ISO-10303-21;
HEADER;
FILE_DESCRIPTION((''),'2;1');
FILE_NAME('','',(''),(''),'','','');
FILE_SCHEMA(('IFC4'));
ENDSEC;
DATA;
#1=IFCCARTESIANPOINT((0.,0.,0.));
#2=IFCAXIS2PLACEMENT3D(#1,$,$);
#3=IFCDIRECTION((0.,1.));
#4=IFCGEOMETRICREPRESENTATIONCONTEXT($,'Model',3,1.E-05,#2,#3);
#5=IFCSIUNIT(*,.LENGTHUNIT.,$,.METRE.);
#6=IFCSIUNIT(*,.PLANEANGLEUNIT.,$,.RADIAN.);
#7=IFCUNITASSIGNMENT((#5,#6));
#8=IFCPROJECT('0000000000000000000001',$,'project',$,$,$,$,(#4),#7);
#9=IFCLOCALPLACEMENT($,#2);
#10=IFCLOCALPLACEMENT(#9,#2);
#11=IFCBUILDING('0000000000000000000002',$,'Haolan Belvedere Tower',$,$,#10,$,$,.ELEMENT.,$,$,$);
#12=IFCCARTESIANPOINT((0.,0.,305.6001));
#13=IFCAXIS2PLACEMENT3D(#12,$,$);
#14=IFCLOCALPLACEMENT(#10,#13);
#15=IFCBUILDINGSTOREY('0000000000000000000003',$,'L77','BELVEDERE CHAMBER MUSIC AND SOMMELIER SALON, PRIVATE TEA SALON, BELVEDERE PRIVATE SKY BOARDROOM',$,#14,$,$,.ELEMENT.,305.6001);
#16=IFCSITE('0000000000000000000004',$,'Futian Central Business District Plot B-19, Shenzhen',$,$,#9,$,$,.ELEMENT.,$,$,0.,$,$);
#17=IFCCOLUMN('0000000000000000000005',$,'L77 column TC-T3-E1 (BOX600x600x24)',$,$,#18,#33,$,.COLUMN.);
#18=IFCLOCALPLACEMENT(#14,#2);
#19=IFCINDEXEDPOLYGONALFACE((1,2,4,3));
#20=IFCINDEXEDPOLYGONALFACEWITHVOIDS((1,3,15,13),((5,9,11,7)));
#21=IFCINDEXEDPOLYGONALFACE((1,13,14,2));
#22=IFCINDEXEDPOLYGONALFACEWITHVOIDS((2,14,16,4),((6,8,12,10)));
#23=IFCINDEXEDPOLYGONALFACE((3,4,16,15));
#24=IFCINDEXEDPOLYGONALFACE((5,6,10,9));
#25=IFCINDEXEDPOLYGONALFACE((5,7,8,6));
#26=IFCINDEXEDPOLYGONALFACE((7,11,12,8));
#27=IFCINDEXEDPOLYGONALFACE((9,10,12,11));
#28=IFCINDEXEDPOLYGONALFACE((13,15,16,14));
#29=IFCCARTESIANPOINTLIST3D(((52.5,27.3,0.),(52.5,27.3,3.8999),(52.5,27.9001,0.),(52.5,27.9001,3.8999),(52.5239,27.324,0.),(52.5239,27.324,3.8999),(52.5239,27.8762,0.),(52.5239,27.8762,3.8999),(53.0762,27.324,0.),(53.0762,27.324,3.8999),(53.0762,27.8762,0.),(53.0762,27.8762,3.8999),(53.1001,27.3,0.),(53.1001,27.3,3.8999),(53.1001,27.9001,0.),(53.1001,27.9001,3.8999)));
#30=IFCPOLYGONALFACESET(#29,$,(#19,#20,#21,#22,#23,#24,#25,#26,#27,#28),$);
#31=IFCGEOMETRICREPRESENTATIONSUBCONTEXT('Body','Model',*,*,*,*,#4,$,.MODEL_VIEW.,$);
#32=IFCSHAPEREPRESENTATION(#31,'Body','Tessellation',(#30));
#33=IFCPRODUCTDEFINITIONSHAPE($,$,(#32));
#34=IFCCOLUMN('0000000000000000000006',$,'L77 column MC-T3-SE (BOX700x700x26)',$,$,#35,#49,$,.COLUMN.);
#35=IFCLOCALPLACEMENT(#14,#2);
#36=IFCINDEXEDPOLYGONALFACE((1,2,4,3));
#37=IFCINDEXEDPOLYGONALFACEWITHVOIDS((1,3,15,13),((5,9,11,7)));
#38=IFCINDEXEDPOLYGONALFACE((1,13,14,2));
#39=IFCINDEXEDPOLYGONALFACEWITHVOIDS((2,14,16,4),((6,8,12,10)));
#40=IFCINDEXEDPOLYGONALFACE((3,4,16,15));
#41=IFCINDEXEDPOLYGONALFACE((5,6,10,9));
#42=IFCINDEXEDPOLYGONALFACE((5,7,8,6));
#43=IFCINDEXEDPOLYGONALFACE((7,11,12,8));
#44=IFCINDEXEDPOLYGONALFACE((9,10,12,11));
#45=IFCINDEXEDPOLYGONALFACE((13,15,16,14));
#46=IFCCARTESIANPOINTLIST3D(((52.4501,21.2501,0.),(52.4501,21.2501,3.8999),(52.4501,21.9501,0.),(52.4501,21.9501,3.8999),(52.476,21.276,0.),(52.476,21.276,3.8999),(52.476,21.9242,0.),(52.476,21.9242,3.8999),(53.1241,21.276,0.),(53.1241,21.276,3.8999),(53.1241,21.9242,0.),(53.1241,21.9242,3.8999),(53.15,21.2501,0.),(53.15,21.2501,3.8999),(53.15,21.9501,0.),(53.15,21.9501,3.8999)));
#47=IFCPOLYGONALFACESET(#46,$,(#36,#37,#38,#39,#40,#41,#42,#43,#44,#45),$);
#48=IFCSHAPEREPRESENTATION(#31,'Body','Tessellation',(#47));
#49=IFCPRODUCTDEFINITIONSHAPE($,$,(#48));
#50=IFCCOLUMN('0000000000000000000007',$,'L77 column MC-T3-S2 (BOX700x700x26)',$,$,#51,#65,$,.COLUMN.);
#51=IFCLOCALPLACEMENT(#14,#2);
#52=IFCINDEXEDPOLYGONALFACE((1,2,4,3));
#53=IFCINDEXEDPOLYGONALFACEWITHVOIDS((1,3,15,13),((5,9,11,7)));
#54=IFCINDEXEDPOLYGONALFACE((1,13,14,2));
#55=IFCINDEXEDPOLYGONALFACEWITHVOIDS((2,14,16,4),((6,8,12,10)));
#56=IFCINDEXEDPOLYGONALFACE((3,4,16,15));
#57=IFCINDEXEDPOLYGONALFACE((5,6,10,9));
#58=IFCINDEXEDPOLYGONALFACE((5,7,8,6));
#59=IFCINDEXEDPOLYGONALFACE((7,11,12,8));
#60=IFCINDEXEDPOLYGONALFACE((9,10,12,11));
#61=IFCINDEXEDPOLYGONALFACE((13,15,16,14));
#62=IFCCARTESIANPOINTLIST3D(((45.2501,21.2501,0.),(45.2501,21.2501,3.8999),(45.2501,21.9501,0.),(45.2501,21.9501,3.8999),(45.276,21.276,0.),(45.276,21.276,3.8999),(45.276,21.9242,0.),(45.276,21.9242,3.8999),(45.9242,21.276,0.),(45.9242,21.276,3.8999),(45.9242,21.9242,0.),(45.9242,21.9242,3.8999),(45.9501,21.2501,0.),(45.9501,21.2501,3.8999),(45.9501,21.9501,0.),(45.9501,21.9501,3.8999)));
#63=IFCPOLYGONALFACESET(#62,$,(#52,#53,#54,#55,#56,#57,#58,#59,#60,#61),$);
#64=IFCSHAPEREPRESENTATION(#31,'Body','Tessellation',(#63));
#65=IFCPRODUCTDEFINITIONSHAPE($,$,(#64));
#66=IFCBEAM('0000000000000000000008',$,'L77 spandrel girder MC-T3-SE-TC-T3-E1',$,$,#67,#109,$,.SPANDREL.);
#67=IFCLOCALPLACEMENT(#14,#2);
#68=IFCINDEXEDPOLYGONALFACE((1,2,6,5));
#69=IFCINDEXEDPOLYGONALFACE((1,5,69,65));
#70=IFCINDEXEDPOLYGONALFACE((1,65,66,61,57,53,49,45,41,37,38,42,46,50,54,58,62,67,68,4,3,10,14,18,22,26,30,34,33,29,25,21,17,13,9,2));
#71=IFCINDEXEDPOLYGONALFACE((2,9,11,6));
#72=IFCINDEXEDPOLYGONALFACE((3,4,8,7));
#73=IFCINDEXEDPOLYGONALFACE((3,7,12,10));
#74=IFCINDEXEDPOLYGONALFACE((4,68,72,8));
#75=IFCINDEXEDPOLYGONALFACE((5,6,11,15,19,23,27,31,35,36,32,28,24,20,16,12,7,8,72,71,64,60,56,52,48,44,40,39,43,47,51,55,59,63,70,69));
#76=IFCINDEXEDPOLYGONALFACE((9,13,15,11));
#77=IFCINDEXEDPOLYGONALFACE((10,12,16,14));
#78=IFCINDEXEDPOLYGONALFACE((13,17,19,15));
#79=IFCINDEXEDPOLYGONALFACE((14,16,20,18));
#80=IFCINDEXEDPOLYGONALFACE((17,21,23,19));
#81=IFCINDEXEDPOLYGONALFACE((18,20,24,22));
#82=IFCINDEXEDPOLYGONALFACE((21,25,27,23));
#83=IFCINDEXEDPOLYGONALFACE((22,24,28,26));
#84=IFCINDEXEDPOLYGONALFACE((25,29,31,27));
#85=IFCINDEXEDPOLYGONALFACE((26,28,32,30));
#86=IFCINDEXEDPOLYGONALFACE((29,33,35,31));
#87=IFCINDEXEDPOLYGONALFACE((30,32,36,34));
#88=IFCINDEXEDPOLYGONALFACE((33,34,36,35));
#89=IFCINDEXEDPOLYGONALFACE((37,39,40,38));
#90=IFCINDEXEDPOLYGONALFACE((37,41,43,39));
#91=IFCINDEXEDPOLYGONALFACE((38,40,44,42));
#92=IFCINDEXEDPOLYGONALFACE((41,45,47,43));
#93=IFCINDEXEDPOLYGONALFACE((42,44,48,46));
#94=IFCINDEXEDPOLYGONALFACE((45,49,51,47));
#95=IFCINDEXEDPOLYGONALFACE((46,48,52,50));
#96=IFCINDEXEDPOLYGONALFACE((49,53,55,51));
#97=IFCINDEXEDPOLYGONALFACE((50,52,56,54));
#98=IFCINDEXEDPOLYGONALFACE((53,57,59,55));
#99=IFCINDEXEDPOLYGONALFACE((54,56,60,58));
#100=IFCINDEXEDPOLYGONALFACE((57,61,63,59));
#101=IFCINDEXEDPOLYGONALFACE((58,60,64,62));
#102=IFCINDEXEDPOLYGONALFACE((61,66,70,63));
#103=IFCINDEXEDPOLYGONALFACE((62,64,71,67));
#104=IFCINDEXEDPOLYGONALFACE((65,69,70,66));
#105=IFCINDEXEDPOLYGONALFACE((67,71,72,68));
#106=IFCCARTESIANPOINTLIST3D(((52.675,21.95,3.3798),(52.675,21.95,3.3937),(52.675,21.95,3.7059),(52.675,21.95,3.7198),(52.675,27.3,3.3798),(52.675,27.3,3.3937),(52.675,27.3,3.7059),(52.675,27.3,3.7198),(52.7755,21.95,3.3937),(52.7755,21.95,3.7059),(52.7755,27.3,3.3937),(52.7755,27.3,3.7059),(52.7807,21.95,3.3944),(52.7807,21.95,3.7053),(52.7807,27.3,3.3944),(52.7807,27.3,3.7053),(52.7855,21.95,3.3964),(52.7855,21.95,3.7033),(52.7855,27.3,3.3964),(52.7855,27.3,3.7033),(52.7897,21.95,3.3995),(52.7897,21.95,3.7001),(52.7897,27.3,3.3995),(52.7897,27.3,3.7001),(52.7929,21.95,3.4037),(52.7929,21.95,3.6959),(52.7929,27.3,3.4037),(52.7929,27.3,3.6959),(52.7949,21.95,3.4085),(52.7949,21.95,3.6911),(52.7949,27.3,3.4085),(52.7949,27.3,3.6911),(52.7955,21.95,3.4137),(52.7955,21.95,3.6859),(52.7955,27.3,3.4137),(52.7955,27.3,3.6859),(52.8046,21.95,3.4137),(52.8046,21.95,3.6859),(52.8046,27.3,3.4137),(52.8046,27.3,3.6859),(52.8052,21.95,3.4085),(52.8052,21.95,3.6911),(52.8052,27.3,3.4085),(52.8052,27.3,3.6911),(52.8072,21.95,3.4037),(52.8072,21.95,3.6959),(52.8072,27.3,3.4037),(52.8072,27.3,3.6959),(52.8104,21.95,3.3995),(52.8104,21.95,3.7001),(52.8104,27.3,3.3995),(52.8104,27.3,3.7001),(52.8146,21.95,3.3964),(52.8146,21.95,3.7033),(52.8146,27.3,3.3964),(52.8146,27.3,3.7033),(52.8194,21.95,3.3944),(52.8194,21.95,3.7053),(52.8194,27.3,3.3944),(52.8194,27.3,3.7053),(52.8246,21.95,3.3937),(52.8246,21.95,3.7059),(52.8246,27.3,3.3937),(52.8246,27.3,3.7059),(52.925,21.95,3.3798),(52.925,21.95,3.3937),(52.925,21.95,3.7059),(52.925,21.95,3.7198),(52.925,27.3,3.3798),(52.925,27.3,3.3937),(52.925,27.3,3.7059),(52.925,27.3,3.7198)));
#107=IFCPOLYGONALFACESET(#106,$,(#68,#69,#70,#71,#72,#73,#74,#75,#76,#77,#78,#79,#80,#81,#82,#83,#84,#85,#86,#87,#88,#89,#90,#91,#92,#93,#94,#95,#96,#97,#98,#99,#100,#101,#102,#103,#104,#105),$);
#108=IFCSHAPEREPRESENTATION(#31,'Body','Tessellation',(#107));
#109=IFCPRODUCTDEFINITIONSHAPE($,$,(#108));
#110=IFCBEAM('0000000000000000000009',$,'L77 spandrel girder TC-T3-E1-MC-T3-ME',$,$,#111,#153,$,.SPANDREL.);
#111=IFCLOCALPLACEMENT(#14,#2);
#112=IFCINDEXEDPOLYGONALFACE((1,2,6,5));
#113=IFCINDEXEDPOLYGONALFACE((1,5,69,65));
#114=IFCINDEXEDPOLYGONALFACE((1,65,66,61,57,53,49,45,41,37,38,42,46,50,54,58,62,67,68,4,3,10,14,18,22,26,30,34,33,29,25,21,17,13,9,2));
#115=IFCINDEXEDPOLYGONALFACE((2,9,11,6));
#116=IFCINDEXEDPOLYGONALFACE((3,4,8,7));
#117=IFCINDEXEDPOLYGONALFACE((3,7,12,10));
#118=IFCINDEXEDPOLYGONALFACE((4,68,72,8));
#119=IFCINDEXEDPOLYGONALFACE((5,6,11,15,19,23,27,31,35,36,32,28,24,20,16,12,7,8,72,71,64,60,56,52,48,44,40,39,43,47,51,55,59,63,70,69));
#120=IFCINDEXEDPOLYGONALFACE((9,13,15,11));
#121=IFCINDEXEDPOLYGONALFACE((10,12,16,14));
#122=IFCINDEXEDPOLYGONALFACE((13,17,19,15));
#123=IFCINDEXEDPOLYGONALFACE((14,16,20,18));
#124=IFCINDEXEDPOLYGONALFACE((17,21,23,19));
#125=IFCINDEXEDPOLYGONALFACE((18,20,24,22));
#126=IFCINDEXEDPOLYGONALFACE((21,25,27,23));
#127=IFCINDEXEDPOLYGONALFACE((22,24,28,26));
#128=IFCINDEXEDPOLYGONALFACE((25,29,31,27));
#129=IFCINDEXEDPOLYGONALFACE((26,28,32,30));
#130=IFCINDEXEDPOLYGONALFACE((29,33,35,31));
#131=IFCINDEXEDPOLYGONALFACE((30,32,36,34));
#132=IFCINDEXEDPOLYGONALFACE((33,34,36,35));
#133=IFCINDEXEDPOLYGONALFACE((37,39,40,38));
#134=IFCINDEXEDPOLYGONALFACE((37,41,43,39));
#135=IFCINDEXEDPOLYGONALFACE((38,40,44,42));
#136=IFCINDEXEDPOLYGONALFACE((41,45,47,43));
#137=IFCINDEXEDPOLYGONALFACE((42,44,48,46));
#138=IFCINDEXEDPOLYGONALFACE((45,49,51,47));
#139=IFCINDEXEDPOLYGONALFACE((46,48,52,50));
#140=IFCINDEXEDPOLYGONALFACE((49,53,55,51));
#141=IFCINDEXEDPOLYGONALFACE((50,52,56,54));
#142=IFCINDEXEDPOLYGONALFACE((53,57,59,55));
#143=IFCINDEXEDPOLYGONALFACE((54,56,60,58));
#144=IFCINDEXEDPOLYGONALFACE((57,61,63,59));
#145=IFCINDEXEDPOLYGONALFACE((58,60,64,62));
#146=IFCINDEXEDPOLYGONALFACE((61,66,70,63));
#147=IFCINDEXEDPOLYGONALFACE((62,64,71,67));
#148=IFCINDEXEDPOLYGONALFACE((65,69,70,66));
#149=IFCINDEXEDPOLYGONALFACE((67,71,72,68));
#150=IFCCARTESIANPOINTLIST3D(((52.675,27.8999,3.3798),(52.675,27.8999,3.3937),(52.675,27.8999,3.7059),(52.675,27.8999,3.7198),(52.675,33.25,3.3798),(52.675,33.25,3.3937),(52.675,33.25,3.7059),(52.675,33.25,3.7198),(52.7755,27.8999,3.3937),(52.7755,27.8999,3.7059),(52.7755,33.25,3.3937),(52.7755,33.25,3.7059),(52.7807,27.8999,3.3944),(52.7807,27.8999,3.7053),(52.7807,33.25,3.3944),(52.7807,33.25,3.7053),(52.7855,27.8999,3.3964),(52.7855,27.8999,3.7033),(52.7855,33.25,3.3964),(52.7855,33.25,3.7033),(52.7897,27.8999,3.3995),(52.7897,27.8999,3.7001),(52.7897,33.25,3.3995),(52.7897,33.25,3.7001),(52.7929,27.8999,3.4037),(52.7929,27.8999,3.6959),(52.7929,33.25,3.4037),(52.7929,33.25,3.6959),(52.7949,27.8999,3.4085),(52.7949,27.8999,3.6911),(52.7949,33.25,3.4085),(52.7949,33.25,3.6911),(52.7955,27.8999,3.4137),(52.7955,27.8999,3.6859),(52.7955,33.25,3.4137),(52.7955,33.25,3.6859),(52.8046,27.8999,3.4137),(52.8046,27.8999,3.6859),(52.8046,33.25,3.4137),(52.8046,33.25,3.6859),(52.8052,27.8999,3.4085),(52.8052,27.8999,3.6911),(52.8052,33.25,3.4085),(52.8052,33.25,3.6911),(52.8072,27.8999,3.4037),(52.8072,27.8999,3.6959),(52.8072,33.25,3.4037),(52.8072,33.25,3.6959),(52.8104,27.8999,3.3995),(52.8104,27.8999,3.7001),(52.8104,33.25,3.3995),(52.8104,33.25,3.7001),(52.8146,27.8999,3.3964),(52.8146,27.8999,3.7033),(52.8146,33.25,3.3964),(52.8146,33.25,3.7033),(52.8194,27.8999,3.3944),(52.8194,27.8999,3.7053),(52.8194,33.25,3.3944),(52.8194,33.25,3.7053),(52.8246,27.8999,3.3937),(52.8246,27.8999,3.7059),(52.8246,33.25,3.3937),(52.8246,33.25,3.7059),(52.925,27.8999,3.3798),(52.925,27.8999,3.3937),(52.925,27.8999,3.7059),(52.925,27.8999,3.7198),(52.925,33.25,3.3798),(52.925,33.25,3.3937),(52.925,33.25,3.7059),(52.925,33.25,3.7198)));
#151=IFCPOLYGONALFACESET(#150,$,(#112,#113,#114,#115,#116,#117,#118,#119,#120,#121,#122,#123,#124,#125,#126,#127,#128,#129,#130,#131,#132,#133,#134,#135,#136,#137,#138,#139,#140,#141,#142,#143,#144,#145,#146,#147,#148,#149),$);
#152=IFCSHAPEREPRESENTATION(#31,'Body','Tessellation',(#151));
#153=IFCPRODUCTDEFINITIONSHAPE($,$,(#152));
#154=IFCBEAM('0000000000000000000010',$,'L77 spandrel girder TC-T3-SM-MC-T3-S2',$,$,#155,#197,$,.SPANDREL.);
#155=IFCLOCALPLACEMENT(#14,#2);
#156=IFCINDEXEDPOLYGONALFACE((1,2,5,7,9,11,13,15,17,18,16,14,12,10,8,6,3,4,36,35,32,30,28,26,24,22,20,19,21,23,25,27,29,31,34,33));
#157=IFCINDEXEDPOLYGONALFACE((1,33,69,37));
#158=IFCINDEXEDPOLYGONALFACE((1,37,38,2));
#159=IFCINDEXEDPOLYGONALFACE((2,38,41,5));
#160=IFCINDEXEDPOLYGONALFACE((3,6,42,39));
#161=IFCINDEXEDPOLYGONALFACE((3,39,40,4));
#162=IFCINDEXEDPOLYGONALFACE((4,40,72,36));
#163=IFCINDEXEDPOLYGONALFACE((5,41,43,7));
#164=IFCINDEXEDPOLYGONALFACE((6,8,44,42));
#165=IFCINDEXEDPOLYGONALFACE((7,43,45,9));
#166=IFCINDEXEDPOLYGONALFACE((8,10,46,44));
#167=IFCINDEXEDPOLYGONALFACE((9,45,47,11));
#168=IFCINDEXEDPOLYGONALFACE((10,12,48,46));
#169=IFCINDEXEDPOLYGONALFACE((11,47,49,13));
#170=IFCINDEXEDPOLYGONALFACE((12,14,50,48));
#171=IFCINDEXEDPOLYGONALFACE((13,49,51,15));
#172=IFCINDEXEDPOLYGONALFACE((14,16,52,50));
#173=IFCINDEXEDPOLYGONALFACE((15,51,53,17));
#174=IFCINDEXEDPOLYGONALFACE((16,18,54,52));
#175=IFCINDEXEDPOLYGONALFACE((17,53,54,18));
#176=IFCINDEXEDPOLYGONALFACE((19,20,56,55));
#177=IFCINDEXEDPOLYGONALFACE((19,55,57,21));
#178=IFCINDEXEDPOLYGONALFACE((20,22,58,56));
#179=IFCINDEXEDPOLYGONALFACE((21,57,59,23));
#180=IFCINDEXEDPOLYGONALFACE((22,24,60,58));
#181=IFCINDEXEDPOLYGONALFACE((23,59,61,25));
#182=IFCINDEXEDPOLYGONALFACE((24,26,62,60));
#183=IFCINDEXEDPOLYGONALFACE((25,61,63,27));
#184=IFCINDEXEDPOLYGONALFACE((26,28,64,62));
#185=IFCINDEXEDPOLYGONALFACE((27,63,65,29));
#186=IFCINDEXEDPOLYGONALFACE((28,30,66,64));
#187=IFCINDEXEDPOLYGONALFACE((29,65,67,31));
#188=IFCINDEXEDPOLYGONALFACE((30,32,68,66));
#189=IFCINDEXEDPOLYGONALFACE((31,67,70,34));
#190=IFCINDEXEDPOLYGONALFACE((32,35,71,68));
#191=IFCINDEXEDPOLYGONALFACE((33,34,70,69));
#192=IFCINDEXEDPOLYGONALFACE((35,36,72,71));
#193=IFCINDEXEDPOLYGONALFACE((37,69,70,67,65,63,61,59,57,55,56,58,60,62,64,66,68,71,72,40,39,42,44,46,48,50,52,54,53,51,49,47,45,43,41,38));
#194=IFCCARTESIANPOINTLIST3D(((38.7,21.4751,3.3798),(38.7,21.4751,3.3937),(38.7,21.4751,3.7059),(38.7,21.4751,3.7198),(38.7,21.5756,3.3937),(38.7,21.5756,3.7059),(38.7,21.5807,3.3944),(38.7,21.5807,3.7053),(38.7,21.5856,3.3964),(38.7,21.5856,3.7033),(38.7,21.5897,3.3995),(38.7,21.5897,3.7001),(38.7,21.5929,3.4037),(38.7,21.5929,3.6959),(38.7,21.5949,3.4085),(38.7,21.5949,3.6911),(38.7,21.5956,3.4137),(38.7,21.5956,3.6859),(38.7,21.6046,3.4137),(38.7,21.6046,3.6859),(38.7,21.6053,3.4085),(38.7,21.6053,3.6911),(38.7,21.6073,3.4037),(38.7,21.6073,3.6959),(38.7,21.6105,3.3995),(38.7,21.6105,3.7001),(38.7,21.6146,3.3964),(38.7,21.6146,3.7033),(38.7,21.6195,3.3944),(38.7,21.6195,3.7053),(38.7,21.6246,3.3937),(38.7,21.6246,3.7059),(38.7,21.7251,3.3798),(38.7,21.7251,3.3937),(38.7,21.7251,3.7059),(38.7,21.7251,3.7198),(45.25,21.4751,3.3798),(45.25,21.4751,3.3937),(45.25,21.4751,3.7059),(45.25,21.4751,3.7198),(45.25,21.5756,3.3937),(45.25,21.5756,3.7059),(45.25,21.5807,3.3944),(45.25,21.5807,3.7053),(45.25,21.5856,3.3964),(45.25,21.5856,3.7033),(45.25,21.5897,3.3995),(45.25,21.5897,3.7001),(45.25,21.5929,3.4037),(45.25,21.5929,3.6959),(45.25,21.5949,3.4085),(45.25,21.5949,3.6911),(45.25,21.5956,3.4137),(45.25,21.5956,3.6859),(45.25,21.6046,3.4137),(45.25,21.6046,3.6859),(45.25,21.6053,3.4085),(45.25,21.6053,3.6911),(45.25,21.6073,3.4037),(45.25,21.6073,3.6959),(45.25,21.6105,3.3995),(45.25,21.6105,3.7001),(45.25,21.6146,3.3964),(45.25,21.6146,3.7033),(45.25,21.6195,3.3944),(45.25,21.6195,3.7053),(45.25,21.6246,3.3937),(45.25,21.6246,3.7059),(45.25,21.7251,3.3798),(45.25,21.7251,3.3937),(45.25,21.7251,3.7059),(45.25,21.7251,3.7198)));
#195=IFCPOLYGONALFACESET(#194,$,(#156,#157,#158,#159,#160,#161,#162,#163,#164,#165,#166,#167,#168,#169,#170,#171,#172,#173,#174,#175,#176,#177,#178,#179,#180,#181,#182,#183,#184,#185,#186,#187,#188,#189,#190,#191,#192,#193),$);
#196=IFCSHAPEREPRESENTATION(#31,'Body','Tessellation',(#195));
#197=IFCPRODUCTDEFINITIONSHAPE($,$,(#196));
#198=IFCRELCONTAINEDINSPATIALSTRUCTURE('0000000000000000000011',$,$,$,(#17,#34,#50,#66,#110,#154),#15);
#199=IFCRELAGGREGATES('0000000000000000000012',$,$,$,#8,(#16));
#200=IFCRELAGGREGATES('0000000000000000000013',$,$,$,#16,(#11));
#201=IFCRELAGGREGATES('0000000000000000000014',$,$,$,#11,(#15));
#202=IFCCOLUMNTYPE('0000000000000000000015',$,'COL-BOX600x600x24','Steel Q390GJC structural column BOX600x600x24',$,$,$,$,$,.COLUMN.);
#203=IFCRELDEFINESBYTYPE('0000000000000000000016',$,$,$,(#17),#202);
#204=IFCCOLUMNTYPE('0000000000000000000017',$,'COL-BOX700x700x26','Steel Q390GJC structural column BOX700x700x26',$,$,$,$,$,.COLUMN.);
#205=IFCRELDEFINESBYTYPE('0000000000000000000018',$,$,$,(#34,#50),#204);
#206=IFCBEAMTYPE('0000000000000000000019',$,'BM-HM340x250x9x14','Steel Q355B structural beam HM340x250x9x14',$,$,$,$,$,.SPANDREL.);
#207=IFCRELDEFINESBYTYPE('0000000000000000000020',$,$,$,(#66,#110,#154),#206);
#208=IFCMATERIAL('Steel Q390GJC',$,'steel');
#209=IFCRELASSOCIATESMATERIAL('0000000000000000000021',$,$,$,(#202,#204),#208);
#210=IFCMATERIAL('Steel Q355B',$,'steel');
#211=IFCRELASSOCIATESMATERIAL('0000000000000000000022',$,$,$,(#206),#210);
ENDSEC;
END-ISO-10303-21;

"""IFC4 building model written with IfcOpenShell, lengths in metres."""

from ifc_helpers import new_model, si_unit, direction, frame, origin, origin_2d, place, context, subcontext, project, spatial, hollow_rectangle, i_section, extrude, material, material_profile, profile_set, type_object, element, save


model = new_model("IFC4")

# Units and contexts
model_context = context("Model", 3, precision=1e-05, world=origin(), true_north=direction((0.0, 1.0)))
body_context = subcontext(model_context, "Body", "Model", "MODEL_VIEW")
ifc_project = project(units=[si_unit("LENGTHUNIT", "METRE"), si_unit("PLANEANGLEUNIT", "RADIAN")], contexts=[model_context])

# Site, building, storey
site_placement = place(None, origin())
site = spatial("IfcSite", under=ifc_project, at=site_placement, Name="Futian Central Business District Plot B-19, Shenzhen", CompositionType="ELEMENT", RefElevation=0.0)
building_placement = place(site_placement, origin())
building = spatial("IfcBuilding", under=site, at=building_placement, Name="Haolan Belvedere Tower", CompositionType="ELEMENT")
storey_placement = place(building_placement, frame((0.0, 0.0, 305.6001)))
storey = spatial("IfcBuildingStorey", under=building, at=storey_placement, Name="L77", Description="BELVEDERE CHAMBER MUSIC AND SOMMELIER SALON, PRIVATE TEA SALON, BELVEDERE PRIVATE SKY BOARDROOM", CompositionType="ELEMENT", Elevation=305.6001)

# Columns
ifc_material_1 = material(Name="Steel Q390GJC", Category="steel")
ifc_material_profile_1 = material_profile(ifc_material_1, hollow_rectangle(XDim=0.6001, YDim=0.6001, WallThickness=0.0239, at=origin_2d()), Name="Steel Q390GJC")
ifc_profile_set_1 = profile_set([ifc_material_profile_1], Name="Steel Q390GJC")
column_type_1 = type_object("IfcColumnType", Name="COL-BOX600x600x24", Description="Steel Q390GJC structural column BOX600x600x24", PredefinedType="COLUMN", material=ifc_profile_set_1)
column_placement = place(storey_placement, frame((52.8, 27.6001, 0.0), z_axis=(0.0, 0.0, 1.0), x_axis=(1.0, 0.0, 0.0)))
element("IfcColumn", 1, at=column_placement, inside=storey, type_object=column_type_1, Name="L77 column TC-T3-E1 (BOX600x600x24)", PredefinedType="COLUMN", context=body_context, shape_type="SweptSolid", body=[
    extrude(hollow_rectangle(XDim=0.6001, YDim=0.6001, WallThickness=0.0239, at=origin_2d()), origin(), (0.0, 0.0, 1.0), 3.8999),
])
ifc_material_profile_2 = material_profile(ifc_material_1, hollow_rectangle(XDim=0.7, YDim=0.7, WallThickness=0.0259, at=origin_2d()), Name="Steel Q390GJC")
ifc_profile_set_2 = profile_set([ifc_material_profile_2], Name="Steel Q390GJC")
column_type_2 = type_object("IfcColumnType", Name="COL-BOX700x700x26", Description="Steel Q390GJC structural column BOX700x700x26", PredefinedType="COLUMN", material=ifc_profile_set_2)
for number, where, z_axis, x_axis, name in (
    (2, (52.8, 21.6001, 0.0), (0.0, 0.0, 1.0), (1.0, 0.0, 0.0), "L77 column MC-T3-SE (BOX700x700x26)"),
    (3, (45.6001, 21.6001, 0.0), (0.0, 0.0, 1.0), (1.0, 0.0, 0.0), "L77 column MC-T3-S2 (BOX700x700x26)"),
):
    element("IfcColumn", number, at=place(storey_placement, frame(where, z_axis=z_axis, x_axis=x_axis)), inside=storey, type_object=column_type_2, Name=name, PredefinedType="COLUMN", context=body_context, shape_type="SweptSolid", body=[
        extrude(hollow_rectangle(XDim=0.7, YDim=0.7, WallThickness=0.0259, at=origin_2d()), origin(), (0.0, 0.0, 1.0), 3.8999),
    ])

# Beams
ifc_material_2 = material(Name="Steel Q355B", Category="steel")
ifc_material_profile_3 = material_profile(ifc_material_2, i_section(OverallWidth=0.25, OverallDepth=0.3401, WebThickness=0.009, FlangeThickness=0.0139, FilletRadius=0.02, at=origin_2d()), Name="Steel Q355B")
ifc_profile_set_3 = profile_set([ifc_material_profile_3], Name="Steel Q355B")
beam_type_1 = type_object("IfcBeamType", Name="BM-HM340x250x9x14", Description="Steel Q355B structural beam HM340x250x9x14", PredefinedType="SPANDREL", material=ifc_profile_set_3)
for number, where, z_axis, x_axis, name in (
    (4, (52.8, 21.95, 3.5498), (0.0, 1.0, 0.0), (-1.0, 0.0, 0.0), "L77 spandrel girder MC-T3-SE-TC-T3-E1"),
    (5, (52.8, 27.8999, 3.5498), (0.0, 1.0, 0.0), (-1.0, 0.0, 0.0), "L77 spandrel girder TC-T3-E1-MC-T3-ME"),
):
    element("IfcBeam", number, at=place(storey_placement, frame(where, z_axis=z_axis, x_axis=x_axis)), inside=storey, type_object=beam_type_1, Name=name, PredefinedType="SPANDREL", context=body_context, shape_type="SweptSolid", body=[
        extrude(i_section(OverallWidth=0.25, OverallDepth=0.3401, WebThickness=0.009, FlangeThickness=0.0139, FilletRadius=0.02, at=origin_2d()), origin(), (0.0, 0.0, 1.0), 5.3501),
    ])
beam_1_placement = place(storey_placement, frame((38.7, 21.6001, 3.5498), z_axis=(1.0, 0.0, 0.0), x_axis=(0.0, 1.0, 0.0)))
element("IfcBeam", 6, at=beam_1_placement, inside=storey, type_object=beam_type_1, Name="L77 spandrel girder TC-T3-SM-MC-T3-S2", PredefinedType="SPANDREL", context=body_context, shape_type="SweptSolid", body=[
    extrude(i_section(OverallWidth=0.25, OverallDepth=0.3401, WebThickness=0.009, FlangeThickness=0.0139, FilletRadius=0.02, at=origin_2d()), origin(), (0.0, 0.0, 1.0), 6.55),
])

save(model, "model.ifc")
